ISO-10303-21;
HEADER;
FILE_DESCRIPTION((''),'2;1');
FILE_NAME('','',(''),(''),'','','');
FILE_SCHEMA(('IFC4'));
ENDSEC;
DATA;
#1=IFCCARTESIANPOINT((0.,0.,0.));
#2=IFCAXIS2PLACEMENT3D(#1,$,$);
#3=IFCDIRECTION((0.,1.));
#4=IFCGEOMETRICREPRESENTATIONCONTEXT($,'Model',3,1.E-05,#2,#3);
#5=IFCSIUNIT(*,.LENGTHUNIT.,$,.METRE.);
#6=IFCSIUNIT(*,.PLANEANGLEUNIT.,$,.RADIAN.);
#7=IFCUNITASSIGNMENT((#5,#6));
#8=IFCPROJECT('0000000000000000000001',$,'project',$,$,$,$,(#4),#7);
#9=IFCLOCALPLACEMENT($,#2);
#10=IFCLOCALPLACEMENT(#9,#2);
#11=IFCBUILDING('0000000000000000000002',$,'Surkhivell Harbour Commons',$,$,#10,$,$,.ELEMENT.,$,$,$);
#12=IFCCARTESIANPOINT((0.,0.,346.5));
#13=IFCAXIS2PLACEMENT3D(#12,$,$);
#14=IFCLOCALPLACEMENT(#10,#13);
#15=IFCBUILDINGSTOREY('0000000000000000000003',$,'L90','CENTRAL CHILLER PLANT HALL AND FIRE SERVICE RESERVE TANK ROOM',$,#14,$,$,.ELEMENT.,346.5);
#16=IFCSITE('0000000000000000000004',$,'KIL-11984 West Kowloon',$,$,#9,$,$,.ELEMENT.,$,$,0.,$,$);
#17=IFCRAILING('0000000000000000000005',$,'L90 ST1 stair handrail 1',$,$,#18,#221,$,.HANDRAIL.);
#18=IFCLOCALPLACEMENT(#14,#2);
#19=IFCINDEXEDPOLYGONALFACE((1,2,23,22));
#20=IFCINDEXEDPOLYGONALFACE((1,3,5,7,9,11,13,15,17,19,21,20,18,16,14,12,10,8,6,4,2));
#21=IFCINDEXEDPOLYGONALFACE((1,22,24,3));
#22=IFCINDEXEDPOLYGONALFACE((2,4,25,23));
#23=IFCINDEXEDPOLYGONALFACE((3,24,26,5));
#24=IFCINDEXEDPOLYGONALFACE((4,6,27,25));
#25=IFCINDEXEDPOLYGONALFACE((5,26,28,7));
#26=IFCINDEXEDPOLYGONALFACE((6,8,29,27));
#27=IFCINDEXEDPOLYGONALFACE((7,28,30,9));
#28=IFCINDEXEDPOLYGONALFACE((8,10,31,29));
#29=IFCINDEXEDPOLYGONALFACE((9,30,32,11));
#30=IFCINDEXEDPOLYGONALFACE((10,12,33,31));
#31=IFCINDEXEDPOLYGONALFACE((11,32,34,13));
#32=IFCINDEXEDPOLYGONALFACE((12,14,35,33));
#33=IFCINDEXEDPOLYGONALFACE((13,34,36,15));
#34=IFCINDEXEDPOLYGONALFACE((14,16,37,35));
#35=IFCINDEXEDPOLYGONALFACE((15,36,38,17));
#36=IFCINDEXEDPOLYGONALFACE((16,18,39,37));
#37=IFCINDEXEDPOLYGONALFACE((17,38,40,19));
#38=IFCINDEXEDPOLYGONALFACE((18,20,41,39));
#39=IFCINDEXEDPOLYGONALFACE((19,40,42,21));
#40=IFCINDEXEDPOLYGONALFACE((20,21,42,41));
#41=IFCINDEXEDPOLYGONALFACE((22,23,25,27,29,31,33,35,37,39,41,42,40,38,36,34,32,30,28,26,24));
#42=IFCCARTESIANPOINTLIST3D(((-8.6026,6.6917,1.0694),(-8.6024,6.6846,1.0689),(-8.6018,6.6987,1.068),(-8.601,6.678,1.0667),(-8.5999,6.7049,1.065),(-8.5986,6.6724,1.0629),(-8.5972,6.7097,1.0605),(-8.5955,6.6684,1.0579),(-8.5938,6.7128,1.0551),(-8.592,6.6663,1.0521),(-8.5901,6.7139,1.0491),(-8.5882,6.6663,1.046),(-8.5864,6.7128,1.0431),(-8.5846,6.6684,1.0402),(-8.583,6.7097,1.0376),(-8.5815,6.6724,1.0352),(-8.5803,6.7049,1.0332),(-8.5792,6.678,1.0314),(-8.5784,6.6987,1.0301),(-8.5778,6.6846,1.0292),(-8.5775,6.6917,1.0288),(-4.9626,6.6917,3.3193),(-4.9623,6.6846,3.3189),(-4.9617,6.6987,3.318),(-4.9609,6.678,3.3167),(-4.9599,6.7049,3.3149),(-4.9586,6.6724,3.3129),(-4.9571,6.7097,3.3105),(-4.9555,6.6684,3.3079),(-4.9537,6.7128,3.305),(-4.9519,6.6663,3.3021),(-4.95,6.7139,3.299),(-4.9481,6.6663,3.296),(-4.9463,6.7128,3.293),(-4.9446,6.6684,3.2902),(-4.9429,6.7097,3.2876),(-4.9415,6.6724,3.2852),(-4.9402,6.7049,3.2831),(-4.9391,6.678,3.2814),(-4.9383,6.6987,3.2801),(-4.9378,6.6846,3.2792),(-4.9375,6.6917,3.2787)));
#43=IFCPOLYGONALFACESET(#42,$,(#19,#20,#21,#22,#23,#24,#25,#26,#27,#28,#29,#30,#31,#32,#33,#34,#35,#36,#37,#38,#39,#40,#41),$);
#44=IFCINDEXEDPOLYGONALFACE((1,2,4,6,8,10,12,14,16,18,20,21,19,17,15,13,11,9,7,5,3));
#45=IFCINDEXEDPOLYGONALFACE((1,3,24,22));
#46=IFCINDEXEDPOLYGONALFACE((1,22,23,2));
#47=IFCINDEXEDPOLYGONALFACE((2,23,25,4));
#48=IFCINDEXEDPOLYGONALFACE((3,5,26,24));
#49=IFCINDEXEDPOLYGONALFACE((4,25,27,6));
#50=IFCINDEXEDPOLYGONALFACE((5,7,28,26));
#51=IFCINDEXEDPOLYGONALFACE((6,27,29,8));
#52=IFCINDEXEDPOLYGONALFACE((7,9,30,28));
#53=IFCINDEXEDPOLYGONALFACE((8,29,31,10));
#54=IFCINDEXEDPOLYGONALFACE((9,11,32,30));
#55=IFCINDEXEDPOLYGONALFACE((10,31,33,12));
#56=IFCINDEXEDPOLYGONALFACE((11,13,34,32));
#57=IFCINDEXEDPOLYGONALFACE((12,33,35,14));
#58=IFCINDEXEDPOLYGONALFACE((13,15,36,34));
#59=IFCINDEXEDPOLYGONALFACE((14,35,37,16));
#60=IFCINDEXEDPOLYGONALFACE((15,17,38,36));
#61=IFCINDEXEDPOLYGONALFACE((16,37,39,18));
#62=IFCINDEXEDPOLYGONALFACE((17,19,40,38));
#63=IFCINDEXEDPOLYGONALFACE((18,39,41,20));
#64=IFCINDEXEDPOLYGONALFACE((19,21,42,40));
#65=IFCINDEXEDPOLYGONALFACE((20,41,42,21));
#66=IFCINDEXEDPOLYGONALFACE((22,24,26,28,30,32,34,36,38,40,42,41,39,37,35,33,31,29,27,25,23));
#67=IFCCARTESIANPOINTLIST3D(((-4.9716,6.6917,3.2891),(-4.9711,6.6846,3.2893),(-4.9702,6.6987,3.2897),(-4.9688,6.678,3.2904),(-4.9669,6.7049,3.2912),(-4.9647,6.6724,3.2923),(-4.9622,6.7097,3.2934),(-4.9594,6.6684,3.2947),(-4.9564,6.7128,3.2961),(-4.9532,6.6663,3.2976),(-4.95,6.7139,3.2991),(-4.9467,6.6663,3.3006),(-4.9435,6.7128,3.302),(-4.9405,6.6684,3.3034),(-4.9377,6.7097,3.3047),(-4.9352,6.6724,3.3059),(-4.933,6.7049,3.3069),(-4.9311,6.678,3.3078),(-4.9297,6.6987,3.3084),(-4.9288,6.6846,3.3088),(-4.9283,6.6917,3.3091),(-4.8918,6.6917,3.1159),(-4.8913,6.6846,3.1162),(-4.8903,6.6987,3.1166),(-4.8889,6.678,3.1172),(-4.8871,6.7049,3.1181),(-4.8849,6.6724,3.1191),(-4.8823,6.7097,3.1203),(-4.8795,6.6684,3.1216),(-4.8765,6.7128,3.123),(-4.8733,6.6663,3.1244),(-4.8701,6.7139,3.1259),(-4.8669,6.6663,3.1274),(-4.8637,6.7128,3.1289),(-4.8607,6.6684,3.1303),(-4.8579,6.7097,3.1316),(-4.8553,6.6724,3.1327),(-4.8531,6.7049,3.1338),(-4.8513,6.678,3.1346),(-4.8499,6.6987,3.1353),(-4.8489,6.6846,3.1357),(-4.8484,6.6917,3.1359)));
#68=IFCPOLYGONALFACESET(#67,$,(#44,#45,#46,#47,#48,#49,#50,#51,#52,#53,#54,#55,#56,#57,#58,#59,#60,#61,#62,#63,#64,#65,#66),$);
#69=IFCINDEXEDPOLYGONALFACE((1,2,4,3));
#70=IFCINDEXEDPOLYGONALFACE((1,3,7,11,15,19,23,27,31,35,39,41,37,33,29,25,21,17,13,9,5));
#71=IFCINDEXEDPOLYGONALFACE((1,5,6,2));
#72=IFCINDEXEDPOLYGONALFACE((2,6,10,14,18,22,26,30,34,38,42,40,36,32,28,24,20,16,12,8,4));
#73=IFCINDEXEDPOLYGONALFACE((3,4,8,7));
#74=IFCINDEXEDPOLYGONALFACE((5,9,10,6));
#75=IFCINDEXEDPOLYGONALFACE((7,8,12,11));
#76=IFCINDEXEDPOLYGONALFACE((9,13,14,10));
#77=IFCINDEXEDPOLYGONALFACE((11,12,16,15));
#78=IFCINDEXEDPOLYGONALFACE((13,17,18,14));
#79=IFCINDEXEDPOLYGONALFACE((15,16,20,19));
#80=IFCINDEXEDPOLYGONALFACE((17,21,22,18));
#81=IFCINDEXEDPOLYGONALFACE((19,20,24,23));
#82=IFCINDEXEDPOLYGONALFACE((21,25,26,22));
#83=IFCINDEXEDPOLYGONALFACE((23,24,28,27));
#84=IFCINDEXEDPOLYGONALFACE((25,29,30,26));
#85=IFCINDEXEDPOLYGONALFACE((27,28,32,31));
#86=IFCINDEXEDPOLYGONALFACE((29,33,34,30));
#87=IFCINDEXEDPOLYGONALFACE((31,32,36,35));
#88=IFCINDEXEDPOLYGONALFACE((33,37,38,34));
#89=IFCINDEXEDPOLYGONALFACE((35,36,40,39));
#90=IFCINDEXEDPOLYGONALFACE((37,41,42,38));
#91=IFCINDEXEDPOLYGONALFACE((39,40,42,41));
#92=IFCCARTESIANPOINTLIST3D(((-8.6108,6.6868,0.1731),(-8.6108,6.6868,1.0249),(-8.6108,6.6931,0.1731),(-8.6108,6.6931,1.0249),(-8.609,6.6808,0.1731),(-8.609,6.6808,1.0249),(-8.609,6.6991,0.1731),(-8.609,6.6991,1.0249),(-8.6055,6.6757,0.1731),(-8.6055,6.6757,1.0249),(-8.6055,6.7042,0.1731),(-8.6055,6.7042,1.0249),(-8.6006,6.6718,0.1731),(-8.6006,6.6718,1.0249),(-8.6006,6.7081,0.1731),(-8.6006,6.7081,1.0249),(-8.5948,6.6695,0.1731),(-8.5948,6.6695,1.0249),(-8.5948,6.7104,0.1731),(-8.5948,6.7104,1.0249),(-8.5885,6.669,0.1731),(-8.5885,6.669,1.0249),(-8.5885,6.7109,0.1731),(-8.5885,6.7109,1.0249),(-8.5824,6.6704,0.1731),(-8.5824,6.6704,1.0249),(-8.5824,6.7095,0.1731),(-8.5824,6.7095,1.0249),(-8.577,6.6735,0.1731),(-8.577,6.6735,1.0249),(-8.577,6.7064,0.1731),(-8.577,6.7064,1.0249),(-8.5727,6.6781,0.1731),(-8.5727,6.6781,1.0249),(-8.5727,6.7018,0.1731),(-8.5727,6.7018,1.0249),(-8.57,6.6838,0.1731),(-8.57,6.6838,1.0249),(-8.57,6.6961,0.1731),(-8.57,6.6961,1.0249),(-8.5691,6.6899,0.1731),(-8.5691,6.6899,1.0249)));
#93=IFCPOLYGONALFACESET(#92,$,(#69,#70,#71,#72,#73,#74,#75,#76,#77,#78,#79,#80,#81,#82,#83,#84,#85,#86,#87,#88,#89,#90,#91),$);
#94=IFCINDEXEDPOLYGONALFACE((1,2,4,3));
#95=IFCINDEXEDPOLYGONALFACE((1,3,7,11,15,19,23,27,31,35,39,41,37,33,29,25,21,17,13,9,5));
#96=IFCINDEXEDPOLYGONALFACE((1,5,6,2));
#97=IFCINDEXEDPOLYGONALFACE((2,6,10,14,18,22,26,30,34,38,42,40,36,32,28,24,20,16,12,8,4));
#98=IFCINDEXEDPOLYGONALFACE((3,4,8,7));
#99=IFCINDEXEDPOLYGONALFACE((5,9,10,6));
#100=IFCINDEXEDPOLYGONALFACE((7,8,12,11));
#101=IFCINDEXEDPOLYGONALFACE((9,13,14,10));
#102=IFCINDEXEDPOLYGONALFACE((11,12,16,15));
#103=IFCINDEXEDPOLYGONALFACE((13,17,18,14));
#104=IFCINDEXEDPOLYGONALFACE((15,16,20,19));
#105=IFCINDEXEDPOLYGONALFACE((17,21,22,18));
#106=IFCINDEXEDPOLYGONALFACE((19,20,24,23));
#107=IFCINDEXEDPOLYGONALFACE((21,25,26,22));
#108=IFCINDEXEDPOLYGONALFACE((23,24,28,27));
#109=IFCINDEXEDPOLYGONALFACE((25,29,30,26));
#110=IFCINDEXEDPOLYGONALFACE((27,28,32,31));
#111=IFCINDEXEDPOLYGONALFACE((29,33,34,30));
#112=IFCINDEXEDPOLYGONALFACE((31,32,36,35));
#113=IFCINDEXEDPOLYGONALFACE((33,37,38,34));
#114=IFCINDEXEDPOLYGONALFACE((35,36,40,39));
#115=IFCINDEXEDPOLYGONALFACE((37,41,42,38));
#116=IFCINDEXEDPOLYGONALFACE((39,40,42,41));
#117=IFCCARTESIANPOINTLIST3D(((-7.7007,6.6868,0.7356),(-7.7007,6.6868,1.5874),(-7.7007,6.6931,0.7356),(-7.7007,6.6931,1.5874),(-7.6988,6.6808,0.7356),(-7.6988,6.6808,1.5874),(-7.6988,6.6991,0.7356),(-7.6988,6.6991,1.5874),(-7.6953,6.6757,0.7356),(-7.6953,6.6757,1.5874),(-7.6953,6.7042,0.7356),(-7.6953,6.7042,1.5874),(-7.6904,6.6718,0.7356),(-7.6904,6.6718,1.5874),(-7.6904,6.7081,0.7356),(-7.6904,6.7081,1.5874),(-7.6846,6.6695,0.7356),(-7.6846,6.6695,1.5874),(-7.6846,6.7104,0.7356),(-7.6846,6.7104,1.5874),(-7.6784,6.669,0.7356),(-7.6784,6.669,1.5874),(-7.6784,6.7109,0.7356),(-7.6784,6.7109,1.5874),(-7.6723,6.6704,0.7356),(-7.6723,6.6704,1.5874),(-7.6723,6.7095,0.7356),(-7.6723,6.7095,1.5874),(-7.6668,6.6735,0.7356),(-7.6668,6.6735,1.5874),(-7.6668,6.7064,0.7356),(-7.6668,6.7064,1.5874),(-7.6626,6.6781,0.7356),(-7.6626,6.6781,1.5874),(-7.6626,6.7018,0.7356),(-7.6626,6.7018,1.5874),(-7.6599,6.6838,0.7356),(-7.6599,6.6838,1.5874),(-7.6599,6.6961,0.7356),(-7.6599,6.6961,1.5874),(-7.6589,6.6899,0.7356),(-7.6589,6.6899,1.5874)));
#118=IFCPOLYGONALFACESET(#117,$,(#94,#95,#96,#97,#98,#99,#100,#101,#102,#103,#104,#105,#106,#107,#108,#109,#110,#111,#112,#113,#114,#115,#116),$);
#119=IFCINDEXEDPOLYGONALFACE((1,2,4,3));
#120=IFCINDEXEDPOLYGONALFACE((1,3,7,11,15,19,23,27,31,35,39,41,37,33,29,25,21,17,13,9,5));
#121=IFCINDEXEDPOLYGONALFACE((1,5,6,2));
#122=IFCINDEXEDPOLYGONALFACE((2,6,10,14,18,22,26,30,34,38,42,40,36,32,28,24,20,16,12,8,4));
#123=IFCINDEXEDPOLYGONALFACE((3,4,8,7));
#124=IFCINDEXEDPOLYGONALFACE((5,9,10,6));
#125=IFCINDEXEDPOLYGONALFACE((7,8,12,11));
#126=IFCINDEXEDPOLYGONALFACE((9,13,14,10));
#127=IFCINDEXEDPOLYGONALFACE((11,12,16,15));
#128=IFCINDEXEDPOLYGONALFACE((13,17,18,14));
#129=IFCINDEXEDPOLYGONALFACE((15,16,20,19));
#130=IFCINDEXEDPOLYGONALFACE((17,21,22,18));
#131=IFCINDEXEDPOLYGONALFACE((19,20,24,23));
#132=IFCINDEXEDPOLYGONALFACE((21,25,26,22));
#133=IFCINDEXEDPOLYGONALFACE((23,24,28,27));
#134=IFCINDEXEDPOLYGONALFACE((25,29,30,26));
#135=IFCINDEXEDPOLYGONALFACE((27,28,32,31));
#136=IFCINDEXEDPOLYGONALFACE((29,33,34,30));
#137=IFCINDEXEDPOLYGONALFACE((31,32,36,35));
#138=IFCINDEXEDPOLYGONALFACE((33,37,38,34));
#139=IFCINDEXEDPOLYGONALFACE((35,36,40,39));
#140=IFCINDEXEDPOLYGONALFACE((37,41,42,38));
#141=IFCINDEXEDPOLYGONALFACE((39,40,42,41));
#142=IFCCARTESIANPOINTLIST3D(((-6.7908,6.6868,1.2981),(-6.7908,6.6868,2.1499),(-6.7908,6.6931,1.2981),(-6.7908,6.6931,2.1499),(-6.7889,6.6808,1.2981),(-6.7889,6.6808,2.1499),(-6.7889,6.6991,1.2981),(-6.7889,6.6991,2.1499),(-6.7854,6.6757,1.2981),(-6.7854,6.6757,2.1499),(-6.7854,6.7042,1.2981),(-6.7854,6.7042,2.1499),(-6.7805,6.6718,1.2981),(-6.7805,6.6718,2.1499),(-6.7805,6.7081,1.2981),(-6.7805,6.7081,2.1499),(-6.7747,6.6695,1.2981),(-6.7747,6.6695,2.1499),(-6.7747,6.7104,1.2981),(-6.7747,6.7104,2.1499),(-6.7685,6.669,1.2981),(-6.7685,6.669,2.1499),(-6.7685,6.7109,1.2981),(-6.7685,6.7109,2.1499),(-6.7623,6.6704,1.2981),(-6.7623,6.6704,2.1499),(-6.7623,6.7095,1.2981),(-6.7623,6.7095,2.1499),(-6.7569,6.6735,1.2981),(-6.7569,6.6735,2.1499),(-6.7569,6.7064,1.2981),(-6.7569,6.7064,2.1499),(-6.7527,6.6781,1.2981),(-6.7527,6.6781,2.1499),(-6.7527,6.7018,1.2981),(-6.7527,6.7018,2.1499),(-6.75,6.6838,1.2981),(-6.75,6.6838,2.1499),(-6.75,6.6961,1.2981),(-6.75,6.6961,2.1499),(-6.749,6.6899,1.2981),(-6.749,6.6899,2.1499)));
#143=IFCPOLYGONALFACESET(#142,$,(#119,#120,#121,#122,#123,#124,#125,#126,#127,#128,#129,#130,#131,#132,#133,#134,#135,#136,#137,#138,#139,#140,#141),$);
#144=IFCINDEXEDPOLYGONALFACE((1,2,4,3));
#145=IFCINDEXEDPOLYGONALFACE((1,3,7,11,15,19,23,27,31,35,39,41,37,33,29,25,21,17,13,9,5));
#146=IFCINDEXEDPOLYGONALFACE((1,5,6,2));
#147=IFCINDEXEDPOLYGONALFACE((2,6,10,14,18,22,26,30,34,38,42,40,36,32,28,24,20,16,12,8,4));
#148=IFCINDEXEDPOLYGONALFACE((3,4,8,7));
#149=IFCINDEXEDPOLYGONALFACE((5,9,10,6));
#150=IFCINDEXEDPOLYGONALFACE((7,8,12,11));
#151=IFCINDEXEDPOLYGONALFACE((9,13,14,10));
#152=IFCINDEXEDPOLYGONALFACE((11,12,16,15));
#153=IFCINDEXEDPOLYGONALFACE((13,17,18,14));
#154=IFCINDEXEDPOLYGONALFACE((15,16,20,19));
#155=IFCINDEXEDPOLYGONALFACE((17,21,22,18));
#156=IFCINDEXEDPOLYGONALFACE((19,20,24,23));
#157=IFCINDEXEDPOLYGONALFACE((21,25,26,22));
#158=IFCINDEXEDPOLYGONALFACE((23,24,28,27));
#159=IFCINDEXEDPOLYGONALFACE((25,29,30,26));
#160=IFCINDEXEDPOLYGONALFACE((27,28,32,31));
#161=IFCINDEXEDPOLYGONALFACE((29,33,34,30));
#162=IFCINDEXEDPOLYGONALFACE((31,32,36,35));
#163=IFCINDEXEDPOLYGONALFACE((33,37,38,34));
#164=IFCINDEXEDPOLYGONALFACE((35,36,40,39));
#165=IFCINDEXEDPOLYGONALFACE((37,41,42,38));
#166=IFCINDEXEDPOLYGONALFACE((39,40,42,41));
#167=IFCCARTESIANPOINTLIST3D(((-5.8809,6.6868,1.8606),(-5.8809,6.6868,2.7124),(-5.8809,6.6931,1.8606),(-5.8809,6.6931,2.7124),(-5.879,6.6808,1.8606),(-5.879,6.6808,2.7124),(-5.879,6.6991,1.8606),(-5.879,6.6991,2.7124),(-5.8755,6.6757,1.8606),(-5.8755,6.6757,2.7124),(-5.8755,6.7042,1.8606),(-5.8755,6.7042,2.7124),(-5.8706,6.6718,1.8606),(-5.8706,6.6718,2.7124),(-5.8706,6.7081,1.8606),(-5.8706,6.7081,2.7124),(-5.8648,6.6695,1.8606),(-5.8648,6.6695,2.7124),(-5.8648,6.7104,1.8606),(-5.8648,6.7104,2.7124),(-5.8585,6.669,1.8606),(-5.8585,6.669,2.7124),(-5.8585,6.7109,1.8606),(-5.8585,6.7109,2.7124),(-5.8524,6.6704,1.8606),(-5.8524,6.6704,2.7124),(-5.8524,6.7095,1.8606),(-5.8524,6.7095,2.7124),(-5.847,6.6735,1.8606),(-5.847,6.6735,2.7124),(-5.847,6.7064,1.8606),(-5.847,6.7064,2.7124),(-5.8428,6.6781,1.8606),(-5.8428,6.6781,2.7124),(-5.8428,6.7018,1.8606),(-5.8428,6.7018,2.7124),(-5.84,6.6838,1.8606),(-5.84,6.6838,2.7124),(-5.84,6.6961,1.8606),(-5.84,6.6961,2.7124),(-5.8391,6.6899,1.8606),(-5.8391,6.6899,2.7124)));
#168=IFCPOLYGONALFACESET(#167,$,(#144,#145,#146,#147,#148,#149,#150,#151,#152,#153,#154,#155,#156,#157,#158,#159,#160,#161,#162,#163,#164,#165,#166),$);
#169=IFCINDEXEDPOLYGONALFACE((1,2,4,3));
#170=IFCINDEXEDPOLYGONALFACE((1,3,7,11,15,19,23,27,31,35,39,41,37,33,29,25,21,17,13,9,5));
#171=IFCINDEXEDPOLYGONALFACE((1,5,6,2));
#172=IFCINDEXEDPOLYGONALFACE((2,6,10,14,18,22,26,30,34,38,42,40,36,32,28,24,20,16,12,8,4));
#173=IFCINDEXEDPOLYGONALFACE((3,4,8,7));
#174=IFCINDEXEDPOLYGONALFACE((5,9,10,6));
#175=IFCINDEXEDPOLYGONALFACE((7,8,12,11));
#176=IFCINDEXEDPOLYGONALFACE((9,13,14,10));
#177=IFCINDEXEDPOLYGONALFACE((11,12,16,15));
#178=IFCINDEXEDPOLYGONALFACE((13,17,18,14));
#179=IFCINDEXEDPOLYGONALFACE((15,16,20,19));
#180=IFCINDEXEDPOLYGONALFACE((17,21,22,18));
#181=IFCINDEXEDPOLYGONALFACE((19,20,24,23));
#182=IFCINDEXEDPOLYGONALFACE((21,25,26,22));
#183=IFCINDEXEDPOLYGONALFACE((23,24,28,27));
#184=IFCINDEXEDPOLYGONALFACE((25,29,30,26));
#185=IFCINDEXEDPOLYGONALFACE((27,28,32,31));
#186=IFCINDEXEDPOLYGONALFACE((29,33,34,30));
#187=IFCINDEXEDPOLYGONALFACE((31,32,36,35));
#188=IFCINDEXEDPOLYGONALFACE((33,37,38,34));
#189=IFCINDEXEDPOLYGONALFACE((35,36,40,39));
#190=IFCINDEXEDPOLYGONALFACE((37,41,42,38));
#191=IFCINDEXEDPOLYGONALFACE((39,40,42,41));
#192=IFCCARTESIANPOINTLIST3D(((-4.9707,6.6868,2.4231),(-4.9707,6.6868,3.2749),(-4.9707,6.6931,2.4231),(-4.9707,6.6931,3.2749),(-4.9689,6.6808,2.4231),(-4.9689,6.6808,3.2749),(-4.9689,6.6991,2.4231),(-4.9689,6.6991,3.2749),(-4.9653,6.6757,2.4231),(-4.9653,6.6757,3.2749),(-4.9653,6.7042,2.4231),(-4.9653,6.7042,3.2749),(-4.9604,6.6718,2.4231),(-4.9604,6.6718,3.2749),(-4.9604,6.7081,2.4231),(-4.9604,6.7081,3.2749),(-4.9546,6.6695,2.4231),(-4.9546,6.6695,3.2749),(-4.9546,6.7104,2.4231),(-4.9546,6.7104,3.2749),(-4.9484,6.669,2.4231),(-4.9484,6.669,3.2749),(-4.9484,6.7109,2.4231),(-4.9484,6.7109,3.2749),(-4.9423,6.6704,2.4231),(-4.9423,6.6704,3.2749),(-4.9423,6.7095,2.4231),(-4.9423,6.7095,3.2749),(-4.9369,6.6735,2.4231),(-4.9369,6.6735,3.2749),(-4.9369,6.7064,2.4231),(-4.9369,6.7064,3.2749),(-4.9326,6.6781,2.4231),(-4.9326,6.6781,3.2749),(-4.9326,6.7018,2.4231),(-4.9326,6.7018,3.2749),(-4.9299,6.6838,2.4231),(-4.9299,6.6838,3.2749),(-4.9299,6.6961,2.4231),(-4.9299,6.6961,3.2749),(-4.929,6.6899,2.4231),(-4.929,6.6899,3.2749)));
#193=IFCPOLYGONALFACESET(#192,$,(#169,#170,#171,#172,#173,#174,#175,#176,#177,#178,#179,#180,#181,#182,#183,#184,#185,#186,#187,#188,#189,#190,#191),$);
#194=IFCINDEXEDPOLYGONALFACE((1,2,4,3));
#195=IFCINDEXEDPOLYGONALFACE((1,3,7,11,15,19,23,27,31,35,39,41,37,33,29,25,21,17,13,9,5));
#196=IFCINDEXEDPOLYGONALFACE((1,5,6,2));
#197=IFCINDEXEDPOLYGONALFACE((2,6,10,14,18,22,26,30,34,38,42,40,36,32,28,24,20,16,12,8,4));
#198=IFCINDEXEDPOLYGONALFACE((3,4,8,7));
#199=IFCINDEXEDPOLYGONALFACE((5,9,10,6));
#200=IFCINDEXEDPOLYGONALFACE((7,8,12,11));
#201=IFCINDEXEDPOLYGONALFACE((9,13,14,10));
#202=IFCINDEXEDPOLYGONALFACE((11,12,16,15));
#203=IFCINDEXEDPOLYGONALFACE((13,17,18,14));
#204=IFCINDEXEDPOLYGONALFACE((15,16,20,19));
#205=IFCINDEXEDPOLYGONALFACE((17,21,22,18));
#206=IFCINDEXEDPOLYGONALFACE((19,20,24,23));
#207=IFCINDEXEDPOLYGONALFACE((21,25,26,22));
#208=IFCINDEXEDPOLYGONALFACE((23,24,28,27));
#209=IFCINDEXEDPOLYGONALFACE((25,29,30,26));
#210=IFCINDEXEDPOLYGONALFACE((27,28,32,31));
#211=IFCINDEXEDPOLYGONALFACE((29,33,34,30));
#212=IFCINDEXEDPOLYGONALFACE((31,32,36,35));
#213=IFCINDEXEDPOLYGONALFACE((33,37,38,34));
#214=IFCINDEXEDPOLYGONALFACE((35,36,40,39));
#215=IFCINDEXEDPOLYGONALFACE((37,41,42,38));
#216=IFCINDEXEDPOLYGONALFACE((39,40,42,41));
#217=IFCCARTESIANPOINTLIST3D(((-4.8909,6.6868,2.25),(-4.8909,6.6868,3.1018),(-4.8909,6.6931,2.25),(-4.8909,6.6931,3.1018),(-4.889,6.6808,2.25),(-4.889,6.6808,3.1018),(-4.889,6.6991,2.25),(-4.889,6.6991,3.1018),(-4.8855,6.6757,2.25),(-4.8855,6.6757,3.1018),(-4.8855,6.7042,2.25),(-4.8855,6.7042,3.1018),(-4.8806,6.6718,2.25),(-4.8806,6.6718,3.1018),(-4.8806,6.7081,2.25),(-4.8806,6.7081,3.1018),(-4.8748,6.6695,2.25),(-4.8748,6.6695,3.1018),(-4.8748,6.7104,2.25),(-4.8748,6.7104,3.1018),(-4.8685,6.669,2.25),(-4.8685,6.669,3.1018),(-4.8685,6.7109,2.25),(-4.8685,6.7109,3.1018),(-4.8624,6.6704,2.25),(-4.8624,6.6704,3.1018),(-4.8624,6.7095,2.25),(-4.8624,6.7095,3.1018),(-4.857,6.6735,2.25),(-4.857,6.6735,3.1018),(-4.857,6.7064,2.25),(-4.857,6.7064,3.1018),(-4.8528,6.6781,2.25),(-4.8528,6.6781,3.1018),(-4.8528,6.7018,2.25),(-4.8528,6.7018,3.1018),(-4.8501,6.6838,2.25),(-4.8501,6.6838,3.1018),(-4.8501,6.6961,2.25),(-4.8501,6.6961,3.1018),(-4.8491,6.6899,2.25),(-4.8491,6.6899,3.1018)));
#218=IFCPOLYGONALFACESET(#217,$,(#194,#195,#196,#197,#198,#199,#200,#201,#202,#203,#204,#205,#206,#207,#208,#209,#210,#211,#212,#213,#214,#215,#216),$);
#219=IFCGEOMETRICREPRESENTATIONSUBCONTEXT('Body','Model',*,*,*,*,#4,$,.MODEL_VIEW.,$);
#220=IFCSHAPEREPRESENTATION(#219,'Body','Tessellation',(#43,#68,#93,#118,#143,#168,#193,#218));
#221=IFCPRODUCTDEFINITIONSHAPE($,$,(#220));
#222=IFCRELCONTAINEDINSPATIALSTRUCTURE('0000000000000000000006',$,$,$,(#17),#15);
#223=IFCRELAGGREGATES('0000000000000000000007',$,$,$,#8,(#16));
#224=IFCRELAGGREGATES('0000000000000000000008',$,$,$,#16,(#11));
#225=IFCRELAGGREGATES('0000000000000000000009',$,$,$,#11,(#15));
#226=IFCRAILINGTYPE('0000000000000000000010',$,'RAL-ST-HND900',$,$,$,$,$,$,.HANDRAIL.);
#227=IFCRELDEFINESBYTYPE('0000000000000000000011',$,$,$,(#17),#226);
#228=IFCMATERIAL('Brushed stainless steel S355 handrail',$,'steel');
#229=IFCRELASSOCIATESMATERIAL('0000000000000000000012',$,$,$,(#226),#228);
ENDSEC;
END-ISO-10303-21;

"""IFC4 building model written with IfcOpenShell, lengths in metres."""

from ifc_helpers import new_model, si_unit, direction, frame, origin, origin_2d, place, context, subcontext, project, spatial, circle, extrude, material, type_object, element, save


model = new_model("IFC4")

# Units and contexts
model_context = context("Model", 3, precision=1e-05, world=origin(), true_north=direction((0.0, 1.0)))
body_context = subcontext(model_context, "Body", "Model", "MODEL_VIEW")
ifc_project = project(units=[si_unit("LENGTHUNIT", "METRE"), si_unit("PLANEANGLEUNIT", "RADIAN")], contexts=[model_context])

# Site, building, storey
site_placement = place(None, origin())
site = spatial("IfcSite", under=ifc_project, at=site_placement, Name="KIL-11984 West Kowloon", CompositionType="ELEMENT", RefElevation=0.0)
building_placement = place(site_placement, origin())
building = spatial("IfcBuilding", under=site, at=building_placement, Name="Surkhivell Harbour Commons", CompositionType="ELEMENT")
storey_placement = place(building_placement, frame((0.0, 0.0, 346.5)))
storey = spatial("IfcBuildingStorey", under=building, at=storey_placement, Name="L90", Description="CENTRAL CHILLER PLANT HALL AND FIRE SERVICE RESERVE TANK ROOM", CompositionType="ELEMENT", Elevation=346.5)

# Railing
ifc_material_1 = material(Name="Brushed stainless steel S355 handrail", Category="steel")
railing_type_1 = type_object("IfcRailingType", Name="RAL-ST-HND900", PredefinedType="HANDRAIL", material=ifc_material_1)
railing_1_placement = place(storey_placement, frame((-8.5901, 6.6899, 0.1731)))
element("IfcRailing", 1, at=railing_1_placement, inside=storey, type_object=railing_type_1, Name="L90 ST1 stair handrail 1", PredefinedType="HANDRAIL", context=body_context, shape_type="SweptSolid", body=[
    extrude(circle(Radius=0.0239, at=origin_2d()), frame((0.0, 0.0, 0.876), z_axis=(0.850622, 0.0, 0.525777), x_axis=(0.0, 1.0, 0.0)), (0.0, 0.0, 1.0), 4.2793),
    extrude(circle(Radius=0.0239, at=origin_2d()), frame((3.6401, 0.0, 3.126), z_axis=(0.418815, 0.0, -0.908072), x_axis=(0.0, 1.0, 0.0)), (0.0, 0.0, 1.0), 0.1907),
    extrude(circle(Radius=0.021, at=origin_2d()), origin(), (0.0, 0.0, 1.0), 0.8518),
    extrude(circle(Radius=0.021, at=origin_2d()), frame((0.9102, 0.0, 0.5625)), (0.0, 0.0, 1.0), 0.8518),
    extrude(circle(Radius=0.021, at=origin_2d()), frame((1.8201, 0.0, 1.125)), (0.0, 0.0, 1.0), 0.8518),
    extrude(circle(Radius=0.021, at=origin_2d()), frame((2.73, 0.0, 1.6875)), (0.0, 0.0, 1.0), 0.8518),
    extrude(circle(Radius=0.021, at=origin_2d()), frame((3.6401, 0.0, 2.25)), (0.0, 0.0, 1.0), 0.8518),
    extrude(circle(Radius=0.021, at=origin_2d()), frame((3.72, 0.0, 2.0769)), (0.0, 0.0, 1.0), 0.8518),
])

save(model, "model.ifc")
